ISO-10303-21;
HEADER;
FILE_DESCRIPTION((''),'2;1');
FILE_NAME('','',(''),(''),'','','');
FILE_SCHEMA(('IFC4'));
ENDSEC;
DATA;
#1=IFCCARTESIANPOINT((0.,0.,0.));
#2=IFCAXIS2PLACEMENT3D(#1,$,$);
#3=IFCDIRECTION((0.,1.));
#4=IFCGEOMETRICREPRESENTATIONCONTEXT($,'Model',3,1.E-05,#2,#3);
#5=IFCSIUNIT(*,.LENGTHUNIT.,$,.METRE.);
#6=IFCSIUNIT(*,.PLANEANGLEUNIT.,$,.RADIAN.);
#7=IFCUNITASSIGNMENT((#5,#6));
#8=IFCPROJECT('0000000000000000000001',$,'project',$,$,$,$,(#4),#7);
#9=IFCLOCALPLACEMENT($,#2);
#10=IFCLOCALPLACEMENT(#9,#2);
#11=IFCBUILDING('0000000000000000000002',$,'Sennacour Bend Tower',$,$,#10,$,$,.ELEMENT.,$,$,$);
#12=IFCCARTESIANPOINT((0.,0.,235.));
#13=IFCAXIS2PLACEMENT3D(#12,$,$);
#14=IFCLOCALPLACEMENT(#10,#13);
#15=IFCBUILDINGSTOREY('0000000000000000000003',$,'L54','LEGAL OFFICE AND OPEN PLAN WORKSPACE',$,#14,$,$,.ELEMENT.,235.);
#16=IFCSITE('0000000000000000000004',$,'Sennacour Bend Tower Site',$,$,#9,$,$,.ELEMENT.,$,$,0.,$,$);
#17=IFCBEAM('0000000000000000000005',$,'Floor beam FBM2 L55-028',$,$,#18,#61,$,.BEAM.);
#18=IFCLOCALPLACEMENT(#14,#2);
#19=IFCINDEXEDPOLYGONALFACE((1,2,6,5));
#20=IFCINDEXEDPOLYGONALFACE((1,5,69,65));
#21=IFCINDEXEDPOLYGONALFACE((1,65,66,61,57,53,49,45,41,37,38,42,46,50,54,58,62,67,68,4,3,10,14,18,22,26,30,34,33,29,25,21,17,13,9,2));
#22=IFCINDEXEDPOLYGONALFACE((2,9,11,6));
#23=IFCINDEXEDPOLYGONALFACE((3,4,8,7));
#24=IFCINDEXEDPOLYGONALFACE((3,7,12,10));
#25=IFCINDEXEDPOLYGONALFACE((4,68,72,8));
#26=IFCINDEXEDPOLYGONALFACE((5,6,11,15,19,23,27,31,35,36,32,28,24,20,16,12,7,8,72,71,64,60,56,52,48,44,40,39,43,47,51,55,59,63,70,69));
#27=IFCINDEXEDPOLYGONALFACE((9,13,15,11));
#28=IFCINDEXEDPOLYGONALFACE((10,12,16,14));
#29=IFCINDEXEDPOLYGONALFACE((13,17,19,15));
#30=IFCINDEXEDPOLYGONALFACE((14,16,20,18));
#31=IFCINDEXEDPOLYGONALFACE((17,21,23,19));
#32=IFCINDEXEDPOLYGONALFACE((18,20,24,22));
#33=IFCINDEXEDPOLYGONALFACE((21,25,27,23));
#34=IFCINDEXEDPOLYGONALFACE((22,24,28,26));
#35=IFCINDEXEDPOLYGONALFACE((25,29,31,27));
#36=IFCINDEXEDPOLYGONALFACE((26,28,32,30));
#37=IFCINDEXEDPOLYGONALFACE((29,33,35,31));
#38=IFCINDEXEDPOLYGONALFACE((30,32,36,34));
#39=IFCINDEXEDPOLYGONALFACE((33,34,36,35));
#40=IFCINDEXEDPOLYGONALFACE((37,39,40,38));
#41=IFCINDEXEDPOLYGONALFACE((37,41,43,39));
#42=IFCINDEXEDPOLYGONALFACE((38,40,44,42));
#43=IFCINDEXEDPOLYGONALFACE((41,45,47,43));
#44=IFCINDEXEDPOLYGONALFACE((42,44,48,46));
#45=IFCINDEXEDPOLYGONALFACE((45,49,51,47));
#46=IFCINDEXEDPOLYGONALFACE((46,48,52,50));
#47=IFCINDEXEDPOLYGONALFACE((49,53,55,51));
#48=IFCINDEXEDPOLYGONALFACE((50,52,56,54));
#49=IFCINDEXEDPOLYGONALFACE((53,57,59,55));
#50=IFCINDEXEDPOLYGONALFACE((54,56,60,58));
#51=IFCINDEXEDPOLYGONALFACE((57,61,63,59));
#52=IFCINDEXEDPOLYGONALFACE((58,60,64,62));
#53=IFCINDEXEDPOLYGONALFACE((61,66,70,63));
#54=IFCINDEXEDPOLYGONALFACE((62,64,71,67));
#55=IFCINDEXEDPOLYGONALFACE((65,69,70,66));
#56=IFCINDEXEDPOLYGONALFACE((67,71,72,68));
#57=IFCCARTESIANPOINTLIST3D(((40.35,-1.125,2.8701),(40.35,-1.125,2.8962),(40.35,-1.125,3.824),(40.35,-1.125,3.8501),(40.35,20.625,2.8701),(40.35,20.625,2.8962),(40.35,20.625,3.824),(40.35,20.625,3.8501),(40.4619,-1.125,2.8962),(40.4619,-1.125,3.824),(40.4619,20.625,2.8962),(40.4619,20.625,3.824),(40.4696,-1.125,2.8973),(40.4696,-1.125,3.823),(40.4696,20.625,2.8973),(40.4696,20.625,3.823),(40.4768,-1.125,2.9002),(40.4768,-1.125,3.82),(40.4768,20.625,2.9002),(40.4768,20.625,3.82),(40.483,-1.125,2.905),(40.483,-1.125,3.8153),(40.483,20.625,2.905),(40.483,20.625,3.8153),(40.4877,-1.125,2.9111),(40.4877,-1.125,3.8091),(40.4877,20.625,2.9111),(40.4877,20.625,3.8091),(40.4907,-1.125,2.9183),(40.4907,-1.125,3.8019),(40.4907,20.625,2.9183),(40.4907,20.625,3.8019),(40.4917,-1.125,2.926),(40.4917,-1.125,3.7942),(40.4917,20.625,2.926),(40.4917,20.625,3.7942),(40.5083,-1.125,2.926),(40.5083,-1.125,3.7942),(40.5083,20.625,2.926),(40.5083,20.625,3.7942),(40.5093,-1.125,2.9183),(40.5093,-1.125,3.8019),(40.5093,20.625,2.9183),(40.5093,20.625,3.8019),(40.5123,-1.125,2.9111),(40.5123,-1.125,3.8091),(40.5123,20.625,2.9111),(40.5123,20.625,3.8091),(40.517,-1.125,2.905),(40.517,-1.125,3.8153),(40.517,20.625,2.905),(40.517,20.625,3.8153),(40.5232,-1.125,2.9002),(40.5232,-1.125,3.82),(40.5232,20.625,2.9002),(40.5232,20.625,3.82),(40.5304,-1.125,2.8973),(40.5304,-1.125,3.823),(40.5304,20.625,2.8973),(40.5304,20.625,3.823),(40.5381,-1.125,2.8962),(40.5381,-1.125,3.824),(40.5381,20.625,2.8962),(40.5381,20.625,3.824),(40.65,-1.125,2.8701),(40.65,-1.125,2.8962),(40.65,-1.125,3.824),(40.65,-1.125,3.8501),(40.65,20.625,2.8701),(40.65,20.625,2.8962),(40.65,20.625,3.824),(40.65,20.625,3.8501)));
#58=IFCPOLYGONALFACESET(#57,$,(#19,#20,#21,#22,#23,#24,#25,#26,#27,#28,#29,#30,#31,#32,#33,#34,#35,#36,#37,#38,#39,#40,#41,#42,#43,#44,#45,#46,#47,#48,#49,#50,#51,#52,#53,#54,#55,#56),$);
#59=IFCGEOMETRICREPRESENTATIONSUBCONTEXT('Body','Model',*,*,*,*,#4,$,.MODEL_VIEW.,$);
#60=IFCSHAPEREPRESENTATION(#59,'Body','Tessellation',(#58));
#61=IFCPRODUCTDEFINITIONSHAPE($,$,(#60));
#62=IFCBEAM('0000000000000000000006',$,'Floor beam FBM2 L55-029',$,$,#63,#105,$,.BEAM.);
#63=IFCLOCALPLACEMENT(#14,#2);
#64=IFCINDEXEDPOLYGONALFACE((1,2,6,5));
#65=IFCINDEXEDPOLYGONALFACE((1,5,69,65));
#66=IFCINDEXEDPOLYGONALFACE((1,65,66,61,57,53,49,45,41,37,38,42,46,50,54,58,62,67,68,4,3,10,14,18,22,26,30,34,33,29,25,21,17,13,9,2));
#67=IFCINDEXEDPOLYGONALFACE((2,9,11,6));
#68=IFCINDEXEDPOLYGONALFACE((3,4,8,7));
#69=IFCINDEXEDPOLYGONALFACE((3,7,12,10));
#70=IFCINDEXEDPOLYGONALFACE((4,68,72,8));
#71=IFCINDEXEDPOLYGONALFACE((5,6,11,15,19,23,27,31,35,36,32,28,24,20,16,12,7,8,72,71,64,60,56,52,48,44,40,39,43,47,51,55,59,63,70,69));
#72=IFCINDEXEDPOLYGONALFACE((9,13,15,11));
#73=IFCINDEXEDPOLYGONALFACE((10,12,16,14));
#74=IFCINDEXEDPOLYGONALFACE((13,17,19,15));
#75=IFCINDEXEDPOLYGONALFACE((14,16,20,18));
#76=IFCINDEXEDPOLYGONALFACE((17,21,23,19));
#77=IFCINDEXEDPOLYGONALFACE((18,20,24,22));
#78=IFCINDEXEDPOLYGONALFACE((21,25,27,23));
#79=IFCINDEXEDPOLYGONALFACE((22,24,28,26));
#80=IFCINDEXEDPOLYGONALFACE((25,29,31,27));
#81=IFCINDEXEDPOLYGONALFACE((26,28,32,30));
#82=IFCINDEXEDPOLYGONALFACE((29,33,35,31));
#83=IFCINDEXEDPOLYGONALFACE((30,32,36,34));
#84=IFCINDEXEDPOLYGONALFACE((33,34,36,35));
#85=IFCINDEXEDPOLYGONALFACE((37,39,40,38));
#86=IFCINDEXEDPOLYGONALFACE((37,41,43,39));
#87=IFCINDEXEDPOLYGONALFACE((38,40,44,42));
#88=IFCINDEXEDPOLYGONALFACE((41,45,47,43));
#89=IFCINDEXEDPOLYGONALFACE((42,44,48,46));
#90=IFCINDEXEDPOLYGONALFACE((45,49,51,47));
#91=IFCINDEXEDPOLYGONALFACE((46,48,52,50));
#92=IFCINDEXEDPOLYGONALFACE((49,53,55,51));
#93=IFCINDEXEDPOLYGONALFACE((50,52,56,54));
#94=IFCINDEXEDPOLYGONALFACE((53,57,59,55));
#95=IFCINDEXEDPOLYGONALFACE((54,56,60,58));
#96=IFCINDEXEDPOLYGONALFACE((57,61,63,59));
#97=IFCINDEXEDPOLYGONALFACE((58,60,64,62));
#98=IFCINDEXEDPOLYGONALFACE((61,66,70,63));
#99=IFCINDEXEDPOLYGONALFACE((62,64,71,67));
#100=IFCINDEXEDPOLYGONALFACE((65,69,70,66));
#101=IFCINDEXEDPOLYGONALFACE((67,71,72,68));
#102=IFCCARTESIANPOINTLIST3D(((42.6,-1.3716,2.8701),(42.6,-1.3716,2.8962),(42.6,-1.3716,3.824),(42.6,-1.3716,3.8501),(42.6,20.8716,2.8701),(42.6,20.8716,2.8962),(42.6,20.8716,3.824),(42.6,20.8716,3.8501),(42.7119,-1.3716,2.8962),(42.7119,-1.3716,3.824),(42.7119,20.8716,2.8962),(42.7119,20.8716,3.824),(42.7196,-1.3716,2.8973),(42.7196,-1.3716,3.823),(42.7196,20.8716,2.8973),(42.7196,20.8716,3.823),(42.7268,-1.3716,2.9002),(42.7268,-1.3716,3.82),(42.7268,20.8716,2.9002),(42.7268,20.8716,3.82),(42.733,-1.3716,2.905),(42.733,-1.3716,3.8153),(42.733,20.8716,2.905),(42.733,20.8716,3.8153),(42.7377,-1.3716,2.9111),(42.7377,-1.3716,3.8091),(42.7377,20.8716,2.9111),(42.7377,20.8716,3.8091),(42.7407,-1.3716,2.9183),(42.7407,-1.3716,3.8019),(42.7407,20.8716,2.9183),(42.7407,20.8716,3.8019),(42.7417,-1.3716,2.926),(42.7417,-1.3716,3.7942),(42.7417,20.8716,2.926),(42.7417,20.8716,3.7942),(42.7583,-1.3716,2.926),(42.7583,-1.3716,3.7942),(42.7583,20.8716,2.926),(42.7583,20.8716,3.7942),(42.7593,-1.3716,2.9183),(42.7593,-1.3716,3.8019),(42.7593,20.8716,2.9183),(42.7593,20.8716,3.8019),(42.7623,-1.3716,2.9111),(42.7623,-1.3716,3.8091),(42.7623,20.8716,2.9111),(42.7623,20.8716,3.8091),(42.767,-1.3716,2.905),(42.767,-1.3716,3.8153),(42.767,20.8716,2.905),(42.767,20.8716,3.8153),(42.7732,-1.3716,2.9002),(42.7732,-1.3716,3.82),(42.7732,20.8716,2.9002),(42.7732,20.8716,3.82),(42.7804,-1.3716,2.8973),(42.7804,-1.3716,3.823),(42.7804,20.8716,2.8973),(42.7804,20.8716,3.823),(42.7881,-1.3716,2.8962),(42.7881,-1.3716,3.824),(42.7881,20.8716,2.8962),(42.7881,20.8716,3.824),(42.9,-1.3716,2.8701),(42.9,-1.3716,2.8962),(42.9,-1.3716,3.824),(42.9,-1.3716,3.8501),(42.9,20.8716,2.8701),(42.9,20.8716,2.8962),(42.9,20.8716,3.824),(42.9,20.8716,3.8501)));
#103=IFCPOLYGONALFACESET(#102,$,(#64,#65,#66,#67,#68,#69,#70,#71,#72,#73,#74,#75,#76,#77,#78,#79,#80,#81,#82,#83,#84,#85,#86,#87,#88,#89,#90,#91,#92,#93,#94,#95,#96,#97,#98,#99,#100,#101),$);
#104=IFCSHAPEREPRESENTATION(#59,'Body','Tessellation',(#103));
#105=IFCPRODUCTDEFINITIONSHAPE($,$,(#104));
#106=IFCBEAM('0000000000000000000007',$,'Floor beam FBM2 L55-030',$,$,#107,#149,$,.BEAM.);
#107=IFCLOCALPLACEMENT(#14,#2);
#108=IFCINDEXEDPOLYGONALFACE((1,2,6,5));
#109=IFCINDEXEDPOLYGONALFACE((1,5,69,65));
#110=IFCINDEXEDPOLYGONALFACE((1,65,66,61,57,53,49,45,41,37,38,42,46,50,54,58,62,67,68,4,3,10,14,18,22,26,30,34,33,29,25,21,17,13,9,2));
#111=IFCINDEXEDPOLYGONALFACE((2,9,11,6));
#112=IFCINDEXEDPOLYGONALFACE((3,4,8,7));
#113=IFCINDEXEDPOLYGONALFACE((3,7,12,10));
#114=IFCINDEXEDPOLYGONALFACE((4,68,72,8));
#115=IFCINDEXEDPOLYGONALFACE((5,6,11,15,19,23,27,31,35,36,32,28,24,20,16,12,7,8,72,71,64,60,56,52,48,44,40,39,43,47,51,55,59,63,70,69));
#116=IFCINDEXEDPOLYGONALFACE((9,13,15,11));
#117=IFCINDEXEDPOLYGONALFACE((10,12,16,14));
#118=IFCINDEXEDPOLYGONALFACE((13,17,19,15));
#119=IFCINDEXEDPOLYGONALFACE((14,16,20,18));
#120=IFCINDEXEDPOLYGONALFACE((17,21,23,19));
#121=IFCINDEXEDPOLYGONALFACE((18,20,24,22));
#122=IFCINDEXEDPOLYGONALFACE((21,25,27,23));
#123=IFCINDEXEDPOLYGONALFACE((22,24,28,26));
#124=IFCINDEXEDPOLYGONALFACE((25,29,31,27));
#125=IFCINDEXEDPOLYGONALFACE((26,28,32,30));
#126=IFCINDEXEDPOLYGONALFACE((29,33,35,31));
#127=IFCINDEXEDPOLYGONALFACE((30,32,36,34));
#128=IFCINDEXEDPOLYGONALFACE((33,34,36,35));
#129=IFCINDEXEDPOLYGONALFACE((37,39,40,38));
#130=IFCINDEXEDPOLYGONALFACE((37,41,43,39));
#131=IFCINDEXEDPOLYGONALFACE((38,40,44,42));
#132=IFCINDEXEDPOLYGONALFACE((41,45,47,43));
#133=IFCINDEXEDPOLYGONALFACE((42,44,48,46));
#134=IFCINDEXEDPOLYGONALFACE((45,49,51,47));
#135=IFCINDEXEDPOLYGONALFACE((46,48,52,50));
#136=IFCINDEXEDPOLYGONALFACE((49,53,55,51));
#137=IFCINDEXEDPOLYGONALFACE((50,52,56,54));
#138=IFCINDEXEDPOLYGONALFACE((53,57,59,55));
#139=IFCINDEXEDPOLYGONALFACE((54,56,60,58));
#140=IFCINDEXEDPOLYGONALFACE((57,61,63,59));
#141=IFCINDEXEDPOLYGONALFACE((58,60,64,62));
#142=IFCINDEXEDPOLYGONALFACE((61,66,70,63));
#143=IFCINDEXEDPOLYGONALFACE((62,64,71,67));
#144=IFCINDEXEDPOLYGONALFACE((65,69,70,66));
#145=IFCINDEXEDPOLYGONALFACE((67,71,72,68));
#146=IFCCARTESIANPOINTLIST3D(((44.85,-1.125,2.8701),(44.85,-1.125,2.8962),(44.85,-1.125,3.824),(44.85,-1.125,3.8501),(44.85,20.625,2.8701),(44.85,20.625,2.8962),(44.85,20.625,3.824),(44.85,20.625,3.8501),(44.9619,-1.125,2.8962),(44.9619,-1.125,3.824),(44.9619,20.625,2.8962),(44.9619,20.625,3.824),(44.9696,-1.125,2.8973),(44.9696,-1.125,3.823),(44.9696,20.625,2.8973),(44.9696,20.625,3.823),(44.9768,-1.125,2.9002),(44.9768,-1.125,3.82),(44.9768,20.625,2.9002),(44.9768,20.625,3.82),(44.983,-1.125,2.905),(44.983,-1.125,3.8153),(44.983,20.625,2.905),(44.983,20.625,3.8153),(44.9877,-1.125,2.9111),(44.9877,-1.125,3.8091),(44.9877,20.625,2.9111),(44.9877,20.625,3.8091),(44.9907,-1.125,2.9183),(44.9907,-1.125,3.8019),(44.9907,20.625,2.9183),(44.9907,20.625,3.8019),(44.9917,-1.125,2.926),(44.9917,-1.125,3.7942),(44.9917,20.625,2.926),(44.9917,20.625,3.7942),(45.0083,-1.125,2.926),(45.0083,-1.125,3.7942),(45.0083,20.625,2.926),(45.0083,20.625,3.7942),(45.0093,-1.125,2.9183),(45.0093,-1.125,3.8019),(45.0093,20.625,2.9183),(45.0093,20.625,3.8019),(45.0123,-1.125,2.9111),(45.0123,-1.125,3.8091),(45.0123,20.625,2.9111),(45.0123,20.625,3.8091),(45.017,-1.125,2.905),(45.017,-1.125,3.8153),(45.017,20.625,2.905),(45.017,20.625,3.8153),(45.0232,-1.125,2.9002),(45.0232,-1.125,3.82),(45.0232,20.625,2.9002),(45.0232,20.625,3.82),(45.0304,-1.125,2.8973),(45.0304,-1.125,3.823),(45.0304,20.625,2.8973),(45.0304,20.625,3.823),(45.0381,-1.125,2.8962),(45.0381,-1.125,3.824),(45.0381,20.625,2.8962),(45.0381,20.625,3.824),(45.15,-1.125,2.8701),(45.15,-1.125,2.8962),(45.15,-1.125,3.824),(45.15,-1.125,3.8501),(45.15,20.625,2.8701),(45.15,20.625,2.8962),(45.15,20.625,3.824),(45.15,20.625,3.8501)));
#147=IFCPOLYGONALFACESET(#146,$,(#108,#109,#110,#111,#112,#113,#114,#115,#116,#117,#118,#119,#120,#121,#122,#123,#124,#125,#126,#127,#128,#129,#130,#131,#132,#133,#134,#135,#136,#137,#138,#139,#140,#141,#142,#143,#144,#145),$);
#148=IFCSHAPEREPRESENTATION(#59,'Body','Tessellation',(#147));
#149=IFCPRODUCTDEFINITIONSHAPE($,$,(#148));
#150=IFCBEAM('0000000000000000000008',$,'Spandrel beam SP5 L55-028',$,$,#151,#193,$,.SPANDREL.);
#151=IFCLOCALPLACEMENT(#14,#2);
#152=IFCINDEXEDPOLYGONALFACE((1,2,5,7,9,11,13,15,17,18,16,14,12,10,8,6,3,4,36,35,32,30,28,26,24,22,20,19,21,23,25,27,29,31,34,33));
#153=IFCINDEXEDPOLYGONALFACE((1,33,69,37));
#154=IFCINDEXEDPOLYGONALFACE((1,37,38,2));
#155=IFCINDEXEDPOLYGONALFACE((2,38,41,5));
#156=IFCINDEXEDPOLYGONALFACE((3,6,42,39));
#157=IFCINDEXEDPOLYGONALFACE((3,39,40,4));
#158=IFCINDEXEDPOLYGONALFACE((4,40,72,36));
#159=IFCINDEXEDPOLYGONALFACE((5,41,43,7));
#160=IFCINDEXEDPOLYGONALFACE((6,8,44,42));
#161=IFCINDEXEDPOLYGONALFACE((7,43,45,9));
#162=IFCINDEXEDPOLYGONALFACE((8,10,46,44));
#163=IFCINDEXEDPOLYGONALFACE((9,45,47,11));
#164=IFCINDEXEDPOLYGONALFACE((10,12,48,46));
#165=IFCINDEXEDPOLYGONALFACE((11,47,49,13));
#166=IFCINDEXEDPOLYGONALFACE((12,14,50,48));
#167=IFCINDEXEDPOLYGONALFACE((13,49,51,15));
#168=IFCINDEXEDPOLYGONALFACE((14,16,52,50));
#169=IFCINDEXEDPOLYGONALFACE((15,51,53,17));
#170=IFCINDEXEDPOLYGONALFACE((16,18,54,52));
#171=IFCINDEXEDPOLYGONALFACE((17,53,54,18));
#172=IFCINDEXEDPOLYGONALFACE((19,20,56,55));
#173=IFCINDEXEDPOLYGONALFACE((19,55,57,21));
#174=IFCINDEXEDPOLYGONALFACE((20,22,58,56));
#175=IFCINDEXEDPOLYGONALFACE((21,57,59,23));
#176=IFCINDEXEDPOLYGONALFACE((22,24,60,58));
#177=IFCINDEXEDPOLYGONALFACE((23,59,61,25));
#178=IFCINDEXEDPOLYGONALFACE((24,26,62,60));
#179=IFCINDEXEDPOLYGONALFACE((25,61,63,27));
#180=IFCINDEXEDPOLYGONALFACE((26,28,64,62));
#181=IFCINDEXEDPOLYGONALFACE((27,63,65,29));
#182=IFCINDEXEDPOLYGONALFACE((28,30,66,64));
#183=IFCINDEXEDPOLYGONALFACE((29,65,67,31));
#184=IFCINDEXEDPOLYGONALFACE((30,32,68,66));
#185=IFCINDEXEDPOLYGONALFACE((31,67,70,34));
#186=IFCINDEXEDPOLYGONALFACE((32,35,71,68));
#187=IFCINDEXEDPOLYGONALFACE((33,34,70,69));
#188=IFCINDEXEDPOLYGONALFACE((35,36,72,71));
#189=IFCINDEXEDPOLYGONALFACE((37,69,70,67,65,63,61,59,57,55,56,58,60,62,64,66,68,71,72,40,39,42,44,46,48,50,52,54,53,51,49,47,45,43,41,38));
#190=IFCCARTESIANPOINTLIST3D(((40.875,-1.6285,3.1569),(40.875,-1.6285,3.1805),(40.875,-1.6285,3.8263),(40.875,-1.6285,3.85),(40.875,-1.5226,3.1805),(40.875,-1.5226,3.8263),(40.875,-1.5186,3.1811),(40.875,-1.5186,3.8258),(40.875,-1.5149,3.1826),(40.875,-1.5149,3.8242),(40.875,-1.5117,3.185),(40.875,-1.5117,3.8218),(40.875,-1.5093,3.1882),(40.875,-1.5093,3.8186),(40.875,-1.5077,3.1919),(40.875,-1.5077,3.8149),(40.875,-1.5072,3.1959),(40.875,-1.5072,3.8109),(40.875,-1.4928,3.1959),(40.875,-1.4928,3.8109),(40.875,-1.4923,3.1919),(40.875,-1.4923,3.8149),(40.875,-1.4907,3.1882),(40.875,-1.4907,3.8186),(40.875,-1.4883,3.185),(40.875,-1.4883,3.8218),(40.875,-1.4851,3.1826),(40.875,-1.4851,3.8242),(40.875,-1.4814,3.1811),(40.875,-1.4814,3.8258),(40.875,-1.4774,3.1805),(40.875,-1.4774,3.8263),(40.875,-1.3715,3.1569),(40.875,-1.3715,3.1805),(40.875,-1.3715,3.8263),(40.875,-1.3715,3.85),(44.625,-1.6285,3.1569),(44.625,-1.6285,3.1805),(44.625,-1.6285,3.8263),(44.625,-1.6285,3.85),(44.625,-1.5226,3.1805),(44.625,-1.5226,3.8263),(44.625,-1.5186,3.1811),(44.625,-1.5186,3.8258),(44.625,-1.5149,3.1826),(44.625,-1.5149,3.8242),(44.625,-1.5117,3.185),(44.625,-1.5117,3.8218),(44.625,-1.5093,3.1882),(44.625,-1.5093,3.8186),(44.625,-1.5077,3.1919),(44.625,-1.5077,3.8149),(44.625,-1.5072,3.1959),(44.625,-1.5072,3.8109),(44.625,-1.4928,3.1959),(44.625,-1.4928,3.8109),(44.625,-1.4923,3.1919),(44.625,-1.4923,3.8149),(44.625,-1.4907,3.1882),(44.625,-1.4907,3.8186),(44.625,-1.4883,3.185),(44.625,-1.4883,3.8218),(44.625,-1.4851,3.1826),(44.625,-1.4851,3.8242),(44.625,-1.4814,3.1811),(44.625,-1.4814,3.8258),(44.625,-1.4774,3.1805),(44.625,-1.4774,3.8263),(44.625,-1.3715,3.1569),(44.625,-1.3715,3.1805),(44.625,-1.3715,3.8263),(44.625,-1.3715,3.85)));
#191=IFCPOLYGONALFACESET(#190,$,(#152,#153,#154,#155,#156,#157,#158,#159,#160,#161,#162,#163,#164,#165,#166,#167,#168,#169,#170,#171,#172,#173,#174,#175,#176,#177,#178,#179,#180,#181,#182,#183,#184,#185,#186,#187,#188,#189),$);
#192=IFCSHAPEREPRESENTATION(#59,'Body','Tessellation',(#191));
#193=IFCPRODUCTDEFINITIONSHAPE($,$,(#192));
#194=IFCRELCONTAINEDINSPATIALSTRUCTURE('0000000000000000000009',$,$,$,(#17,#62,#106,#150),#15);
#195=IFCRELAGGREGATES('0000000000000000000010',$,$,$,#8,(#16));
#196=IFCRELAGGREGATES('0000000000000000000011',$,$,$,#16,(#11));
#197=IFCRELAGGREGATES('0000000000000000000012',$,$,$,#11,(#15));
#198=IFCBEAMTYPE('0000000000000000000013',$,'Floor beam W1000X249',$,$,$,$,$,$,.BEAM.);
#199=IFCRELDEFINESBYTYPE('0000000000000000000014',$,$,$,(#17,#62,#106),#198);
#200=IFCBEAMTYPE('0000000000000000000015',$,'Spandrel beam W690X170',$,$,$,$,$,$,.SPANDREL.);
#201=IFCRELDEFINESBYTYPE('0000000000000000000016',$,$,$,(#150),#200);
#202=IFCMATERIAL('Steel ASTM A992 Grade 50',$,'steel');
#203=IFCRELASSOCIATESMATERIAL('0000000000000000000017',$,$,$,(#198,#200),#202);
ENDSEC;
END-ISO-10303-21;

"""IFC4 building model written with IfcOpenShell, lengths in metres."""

from ifc_helpers import new_model, si_unit, direction, frame, origin, origin_2d, place, context, subcontext, project, spatial, i_section, extrude, material, material_profile, profile_set, type_object, element, save


model = new_model("IFC4")

# Units and contexts
model_context = context("Model", 3, precision=1e-05, world=origin(), true_north=direction((0.0, 1.0)))
body_context = subcontext(model_context, "Body", "Model", "MODEL_VIEW")
ifc_project = project(units=[si_unit("LENGTHUNIT", "METRE"), si_unit("PLANEANGLEUNIT", "RADIAN")], contexts=[model_context])

# Site, building, storey
site_placement = place(None, origin())
site = spatial("IfcSite", under=ifc_project, at=site_placement, Name="Sennacour Bend Tower Site", CompositionType="ELEMENT", RefElevation=0.0)
building_placement = place(site_placement, origin())
building = spatial("IfcBuilding", under=site, at=building_placement, Name="Sennacour Bend Tower", CompositionType="ELEMENT")
storey_placement = place(building_placement, frame((0.0, 0.0, 235.0)))
storey = spatial("IfcBuildingStorey", under=building, at=storey_placement, Name="L54", Description="LEGAL OFFICE AND OPEN PLAN WORKSPACE", CompositionType="ELEMENT", Elevation=235.0)

# Beams
ifc_material_1 = material(Name="Steel ASTM A992 Grade 50", Category="steel")
ifc_material_profile_1 = material_profile(ifc_material_1, i_section(OverallWidth=0.3, OverallDepth=0.98, WebThickness=0.0166, FlangeThickness=0.0261, FilletRadius=0.0298, at=origin_2d()), Name="Steel ASTM A992 Grade 50", Category="steel")
ifc_profile_set_1 = profile_set([ifc_material_profile_1], Name="Steel ASTM A992 Grade 50")
beam_type_1 = type_object("IfcBeamType", Name="Floor beam W1000X249", PredefinedType="BEAM", material=ifc_profile_set_1)
beam_1_placement = place(storey_placement, frame((40.5, -1.125, 3.3601), z_axis=(0.0, 1.0, 0.0), x_axis=(-1.0, 0.0, 0.0)))
element("IfcBeam", 1, at=beam_1_placement, inside=storey, type_object=beam_type_1, Name="Floor beam FBM2 L55-028", PredefinedType="BEAM", context=body_context, shape_type="SweptSolid", body=[
    extrude(i_section(OverallWidth=0.3, OverallDepth=0.98, WebThickness=0.0166, FlangeThickness=0.0261, FilletRadius=0.0298, at=origin_2d()), origin(), (0.0, 0.0, 1.0), 21.75),
])
beam_2_placement = place(storey_placement, frame((42.75, -1.3716, 3.3601), z_axis=(0.0, 1.0, 0.0), x_axis=(-1.0, 0.0, 0.0)))
element("IfcBeam", 2, at=beam_2_placement, inside=storey, type_object=beam_type_1, Name="Floor beam FBM2 L55-029", PredefinedType="BEAM", context=body_context, shape_type="SweptSolid", body=[
    extrude(i_section(OverallWidth=0.3, OverallDepth=0.98, WebThickness=0.0166, FlangeThickness=0.0261, FilletRadius=0.0298, at=origin_2d()), origin(), (0.0, 0.0, 1.0), 22.2432),
])
beam_3_placement = place(storey_placement, frame((45.0, -1.125, 3.3601), z_axis=(0.0, 1.0, 0.0), x_axis=(-1.0, 0.0, 0.0)))
element("IfcBeam", 3, at=beam_3_placement, inside=storey, type_object=beam_type_1, Name="Floor beam FBM2 L55-030", PredefinedType="BEAM", context=body_context, shape_type="SweptSolid", body=[
    extrude(i_section(OverallWidth=0.3, OverallDepth=0.98, WebThickness=0.0166, FlangeThickness=0.0261, FilletRadius=0.0298, at=origin_2d()), origin(), (0.0, 0.0, 1.0), 21.75),
])
ifc_material_profile_2 = material_profile(ifc_material_1, i_section(OverallWidth=0.2571, OverallDepth=0.6931, WebThickness=0.0144, FlangeThickness=0.0237, FilletRadius=0.0154, at=origin_2d()), Name="Steel ASTM A992 Grade 50", Category="steel")
ifc_profile_set_2 = profile_set([ifc_material_profile_2], Name="Steel ASTM A992 Grade 50")
beam_type_2 = type_object("IfcBeamType", Name="Spandrel beam W690X170", PredefinedType="SPANDREL", material=ifc_profile_set_2)
for number, where, z_axis, x_axis, name in (
    (4, (44.625, -1.5, 3.5034), (-1.0, 0.0, 0.0), (0.0, -1.0, 0.0), "Spandrel beam SP5 L55-028"),
):
    element("IfcBeam", number, at=place(storey_placement, frame(where, z_axis=z_axis, x_axis=x_axis)), inside=storey, type_object=beam_type_2, Name=name, PredefinedType="SPANDREL", context=body_context, shape_type="SweptSolid", body=[
        extrude(i_section(OverallWidth=0.2571, OverallDepth=0.6931, WebThickness=0.0144, FlangeThickness=0.0237, FilletRadius=0.0154, at=origin_2d()), origin(), (0.0, 0.0, 1.0), 3.75),
    ])

save(model, "model.ifc")
